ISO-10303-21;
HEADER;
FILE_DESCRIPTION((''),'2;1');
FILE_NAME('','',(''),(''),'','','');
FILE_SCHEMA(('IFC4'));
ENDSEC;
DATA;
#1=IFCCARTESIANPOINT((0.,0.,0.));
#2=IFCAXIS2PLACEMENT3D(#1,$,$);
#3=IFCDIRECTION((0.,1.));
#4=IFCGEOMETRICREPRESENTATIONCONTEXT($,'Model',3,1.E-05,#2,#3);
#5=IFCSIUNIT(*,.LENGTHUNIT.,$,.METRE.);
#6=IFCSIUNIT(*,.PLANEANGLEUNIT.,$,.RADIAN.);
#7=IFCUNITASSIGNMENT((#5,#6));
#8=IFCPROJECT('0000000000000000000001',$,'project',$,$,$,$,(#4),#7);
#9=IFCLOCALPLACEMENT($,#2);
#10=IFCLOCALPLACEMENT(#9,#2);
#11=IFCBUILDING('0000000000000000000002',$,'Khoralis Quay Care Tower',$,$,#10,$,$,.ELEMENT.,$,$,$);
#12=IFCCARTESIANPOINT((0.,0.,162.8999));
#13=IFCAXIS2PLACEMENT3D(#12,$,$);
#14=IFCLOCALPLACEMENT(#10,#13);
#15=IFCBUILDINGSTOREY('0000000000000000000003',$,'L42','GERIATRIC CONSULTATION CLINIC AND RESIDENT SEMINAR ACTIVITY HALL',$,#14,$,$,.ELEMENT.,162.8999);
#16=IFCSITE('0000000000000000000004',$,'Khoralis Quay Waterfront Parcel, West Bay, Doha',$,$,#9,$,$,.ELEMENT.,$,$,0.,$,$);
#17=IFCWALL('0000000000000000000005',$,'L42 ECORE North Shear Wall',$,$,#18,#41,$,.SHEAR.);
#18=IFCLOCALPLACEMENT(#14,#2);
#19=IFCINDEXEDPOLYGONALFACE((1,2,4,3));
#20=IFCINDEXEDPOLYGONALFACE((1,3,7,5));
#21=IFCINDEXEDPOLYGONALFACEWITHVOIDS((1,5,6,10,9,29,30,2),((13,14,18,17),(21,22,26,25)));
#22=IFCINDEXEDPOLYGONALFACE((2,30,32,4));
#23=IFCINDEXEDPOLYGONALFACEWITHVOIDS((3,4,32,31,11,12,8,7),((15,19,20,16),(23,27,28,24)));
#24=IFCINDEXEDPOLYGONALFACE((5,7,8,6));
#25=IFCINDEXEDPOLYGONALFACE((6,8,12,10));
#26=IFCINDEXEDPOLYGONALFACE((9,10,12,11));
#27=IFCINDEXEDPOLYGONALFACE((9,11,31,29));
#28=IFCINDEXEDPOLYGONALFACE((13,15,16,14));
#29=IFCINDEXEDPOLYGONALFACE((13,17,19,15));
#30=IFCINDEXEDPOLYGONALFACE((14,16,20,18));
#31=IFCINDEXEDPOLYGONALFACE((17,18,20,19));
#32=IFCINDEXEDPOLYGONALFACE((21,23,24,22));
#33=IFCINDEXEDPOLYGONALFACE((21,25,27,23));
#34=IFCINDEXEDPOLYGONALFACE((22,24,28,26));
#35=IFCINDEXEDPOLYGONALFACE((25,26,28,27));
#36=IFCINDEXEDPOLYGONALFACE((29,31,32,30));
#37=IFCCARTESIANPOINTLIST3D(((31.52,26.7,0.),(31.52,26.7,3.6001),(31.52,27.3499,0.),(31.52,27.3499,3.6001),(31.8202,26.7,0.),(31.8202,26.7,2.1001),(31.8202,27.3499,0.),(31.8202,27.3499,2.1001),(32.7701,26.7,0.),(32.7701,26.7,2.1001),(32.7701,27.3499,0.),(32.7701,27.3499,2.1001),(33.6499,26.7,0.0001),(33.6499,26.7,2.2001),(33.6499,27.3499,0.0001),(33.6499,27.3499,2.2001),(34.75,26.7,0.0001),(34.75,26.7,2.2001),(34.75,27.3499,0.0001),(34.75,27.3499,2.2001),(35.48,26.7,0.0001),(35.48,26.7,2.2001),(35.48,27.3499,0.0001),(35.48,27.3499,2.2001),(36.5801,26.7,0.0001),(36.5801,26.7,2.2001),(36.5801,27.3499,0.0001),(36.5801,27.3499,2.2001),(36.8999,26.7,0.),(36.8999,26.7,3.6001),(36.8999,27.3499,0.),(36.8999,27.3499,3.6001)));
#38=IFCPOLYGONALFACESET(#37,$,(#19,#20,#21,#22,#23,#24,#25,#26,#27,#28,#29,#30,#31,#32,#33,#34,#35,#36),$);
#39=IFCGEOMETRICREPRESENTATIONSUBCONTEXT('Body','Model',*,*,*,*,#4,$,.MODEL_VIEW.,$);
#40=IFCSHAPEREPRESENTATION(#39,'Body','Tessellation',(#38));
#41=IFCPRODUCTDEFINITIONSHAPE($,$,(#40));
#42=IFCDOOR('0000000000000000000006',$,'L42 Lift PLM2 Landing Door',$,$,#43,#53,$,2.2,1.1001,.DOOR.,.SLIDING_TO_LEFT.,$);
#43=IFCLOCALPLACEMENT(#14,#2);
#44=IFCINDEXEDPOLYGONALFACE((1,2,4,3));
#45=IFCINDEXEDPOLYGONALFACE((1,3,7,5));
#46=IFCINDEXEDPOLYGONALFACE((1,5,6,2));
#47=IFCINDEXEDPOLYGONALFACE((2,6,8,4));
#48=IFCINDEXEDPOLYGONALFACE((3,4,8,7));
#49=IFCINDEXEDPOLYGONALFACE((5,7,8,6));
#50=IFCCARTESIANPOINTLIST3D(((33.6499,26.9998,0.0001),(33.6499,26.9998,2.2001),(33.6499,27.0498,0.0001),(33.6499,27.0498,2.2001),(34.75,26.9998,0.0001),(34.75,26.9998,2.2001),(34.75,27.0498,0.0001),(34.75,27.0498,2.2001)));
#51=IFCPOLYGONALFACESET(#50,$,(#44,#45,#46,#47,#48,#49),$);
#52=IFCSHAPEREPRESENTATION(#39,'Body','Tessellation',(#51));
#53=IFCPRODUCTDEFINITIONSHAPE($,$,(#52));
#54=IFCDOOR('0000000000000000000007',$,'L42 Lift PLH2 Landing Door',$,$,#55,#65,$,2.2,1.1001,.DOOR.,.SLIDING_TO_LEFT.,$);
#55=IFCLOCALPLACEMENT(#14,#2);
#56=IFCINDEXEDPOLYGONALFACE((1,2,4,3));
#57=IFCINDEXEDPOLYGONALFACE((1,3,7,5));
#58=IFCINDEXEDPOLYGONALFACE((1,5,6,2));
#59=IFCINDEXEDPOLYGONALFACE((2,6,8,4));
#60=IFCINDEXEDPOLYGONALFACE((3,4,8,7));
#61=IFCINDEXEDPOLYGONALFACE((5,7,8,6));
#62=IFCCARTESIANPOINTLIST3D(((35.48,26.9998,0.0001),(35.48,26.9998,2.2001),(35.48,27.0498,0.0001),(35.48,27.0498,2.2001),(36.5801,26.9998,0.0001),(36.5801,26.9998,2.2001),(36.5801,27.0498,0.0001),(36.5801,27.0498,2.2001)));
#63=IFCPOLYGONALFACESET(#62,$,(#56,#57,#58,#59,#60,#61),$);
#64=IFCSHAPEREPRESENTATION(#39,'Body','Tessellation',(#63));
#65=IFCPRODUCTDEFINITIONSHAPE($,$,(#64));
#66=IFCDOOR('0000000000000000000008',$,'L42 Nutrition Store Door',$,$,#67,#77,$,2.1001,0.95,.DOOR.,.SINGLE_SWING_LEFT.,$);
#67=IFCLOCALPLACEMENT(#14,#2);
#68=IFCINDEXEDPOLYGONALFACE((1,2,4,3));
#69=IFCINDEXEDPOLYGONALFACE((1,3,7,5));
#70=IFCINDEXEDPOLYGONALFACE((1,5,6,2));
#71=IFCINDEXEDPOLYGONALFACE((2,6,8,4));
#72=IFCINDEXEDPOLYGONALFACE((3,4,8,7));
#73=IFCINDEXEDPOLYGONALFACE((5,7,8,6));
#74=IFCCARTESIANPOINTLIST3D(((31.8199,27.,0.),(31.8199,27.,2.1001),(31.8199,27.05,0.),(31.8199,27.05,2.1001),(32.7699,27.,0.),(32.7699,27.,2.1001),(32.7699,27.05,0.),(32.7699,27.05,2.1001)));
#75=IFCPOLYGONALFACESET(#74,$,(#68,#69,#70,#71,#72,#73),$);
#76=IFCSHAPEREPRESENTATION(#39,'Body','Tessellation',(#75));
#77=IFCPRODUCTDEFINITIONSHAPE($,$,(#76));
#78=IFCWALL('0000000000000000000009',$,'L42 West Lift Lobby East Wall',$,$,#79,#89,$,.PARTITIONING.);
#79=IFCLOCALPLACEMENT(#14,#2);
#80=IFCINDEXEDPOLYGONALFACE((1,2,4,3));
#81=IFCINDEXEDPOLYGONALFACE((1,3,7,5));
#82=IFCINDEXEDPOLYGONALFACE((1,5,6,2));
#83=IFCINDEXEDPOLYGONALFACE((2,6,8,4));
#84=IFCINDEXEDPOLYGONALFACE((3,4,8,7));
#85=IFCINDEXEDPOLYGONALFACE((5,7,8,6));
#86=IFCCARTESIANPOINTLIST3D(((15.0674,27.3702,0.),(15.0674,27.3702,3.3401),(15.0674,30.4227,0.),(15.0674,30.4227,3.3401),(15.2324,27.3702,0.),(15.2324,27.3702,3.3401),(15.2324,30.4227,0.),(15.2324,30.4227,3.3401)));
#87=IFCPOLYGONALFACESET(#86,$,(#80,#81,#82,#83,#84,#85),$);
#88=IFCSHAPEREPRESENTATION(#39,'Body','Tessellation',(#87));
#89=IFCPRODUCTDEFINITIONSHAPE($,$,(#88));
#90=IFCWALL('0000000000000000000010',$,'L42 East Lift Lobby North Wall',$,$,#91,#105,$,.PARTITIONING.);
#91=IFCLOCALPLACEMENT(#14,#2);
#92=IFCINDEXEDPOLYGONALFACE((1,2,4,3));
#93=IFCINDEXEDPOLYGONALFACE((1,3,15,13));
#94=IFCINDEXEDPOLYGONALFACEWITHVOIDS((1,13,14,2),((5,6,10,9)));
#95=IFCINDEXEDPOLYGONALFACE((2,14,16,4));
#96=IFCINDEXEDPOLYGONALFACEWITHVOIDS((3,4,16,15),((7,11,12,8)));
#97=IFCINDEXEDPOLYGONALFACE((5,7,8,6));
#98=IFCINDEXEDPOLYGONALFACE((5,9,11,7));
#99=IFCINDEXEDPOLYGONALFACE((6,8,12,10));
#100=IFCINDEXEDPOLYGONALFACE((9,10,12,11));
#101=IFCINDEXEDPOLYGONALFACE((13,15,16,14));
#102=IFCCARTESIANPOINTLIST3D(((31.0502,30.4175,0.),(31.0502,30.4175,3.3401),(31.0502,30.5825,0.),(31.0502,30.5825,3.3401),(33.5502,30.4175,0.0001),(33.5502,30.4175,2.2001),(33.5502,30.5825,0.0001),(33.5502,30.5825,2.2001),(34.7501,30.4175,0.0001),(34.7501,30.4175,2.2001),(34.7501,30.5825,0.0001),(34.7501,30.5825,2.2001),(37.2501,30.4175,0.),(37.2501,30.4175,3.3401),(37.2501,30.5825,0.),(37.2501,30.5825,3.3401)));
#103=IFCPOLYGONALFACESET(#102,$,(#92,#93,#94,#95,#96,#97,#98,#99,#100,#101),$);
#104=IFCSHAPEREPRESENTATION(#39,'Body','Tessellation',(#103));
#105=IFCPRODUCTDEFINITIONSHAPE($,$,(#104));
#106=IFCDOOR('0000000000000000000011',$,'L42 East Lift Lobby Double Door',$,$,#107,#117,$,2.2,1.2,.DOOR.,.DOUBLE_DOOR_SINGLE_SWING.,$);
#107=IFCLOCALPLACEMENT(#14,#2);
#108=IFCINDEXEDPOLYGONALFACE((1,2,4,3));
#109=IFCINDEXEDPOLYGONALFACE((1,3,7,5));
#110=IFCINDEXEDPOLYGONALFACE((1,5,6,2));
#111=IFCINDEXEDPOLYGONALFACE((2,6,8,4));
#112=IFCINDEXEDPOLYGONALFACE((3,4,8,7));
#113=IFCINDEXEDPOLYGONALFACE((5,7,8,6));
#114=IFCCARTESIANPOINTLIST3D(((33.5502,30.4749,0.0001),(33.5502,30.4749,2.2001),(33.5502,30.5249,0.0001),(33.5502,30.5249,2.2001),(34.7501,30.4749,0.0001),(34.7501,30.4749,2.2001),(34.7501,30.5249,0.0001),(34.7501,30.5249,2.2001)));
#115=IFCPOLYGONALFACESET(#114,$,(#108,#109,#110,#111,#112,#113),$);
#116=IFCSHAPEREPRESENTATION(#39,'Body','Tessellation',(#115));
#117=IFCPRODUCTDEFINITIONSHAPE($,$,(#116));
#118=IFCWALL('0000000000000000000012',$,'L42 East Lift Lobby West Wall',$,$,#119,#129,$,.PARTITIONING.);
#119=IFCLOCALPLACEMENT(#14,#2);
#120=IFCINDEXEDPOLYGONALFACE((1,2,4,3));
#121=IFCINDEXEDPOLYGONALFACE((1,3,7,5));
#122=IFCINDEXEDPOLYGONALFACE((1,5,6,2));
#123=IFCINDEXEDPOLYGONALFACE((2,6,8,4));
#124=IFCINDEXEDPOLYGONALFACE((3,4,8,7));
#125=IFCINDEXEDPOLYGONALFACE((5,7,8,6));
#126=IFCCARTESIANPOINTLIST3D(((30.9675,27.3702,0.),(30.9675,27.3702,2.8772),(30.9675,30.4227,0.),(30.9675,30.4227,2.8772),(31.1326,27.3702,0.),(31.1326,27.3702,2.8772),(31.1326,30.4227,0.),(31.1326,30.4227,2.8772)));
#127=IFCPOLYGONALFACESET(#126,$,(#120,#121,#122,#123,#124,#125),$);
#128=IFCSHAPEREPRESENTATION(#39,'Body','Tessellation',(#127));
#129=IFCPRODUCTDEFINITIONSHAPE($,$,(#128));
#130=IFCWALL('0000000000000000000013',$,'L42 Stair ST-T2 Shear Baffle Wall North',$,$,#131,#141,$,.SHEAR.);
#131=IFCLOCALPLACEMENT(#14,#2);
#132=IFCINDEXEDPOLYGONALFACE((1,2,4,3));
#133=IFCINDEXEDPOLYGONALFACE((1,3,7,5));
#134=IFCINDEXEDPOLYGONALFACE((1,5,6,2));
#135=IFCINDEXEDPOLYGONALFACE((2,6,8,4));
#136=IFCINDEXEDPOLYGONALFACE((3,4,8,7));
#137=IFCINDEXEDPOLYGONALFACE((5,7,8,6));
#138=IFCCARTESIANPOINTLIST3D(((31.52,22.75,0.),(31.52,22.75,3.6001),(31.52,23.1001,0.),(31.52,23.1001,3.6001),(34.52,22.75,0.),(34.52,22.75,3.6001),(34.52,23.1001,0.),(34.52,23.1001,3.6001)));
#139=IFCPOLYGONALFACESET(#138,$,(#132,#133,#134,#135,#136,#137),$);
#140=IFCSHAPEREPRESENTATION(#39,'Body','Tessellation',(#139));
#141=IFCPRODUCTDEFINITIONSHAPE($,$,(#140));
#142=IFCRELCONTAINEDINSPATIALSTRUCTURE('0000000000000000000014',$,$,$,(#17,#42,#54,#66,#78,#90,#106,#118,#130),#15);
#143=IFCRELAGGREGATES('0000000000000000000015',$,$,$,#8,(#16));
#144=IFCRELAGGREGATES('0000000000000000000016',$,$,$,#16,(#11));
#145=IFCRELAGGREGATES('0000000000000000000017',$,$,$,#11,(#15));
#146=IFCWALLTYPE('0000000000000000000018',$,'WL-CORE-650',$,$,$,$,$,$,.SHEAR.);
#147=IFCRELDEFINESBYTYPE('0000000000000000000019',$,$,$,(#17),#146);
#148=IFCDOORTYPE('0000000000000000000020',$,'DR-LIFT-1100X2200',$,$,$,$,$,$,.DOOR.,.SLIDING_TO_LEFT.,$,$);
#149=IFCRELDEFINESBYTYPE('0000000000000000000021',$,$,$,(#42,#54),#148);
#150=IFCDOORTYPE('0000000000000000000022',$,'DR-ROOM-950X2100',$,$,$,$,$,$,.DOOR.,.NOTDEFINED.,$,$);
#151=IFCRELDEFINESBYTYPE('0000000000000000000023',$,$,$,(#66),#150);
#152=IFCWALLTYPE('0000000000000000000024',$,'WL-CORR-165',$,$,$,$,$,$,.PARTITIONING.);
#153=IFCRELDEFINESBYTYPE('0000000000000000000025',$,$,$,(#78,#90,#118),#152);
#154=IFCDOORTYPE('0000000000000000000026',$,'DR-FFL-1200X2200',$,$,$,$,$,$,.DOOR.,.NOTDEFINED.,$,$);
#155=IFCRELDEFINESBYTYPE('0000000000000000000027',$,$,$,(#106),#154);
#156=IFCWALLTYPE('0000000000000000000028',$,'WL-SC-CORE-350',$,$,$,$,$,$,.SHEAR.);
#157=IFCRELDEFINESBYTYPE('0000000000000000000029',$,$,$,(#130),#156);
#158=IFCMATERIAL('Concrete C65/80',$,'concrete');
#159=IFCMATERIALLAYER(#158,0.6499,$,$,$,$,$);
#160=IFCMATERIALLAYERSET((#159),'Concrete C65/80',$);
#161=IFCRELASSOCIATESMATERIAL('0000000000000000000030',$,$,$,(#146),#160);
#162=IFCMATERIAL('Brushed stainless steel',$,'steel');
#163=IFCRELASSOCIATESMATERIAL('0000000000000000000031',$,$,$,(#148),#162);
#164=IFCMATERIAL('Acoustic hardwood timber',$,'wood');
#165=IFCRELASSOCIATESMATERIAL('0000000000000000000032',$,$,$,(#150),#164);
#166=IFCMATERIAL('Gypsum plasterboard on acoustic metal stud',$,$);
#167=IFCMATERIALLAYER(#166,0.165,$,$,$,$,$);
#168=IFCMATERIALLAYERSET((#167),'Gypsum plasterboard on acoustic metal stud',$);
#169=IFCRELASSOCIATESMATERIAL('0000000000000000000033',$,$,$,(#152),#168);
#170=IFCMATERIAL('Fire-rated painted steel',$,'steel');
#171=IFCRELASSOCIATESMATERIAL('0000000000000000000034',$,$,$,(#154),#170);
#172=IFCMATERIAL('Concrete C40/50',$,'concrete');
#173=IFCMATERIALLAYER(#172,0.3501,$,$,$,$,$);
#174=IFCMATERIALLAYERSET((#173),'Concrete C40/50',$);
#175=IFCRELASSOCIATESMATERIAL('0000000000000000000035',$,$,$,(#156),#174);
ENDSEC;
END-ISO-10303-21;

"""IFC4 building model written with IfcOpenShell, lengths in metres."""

from ifc_helpers import new_model, si_unit, direction, frame, frame_2d, origin, place, context, subcontext, project, spatial, rectangle, extrude, source, transform, mapped, material, layer, layer_set, type_object, element, fill, save


model = new_model("IFC4")

# Units and contexts
model_context = context("Model", 3, precision=1e-05, world=origin(), true_north=direction((0.0, 1.0)))
body_context = subcontext(model_context, "Body", "Model", "MODEL_VIEW")
ifc_project = project(units=[si_unit("LENGTHUNIT", "METRE"), si_unit("PLANEANGLEUNIT", "RADIAN")], contexts=[model_context])

# Site, building, storey
site_placement = place(None, origin())
site = spatial("IfcSite", under=ifc_project, at=site_placement, Name="Khoralis Quay Waterfront Parcel, West Bay, Doha", CompositionType="ELEMENT", RefElevation=0.0)
building_placement = place(site_placement, origin())
building = spatial("IfcBuilding", under=site, at=building_placement, Name="Khoralis Quay Care Tower", CompositionType="ELEMENT")
storey_placement = place(building_placement, frame((0.0, 0.0, 162.8999)))
storey = spatial("IfcBuildingStorey", under=building, at=storey_placement, Name="L42", Description="GERIATRIC CONSULTATION CLINIC AND RESIDENT SEMINAR ACTIVITY HALL", CompositionType="ELEMENT", Elevation=162.8999)

# Shared definitions
ifc_material_1 = material(Name="Concrete C65/80", Category="concrete")

# Wall, openings, doors
ifc_layer_1 = layer(ifc_material_1, 0.6499)
ifc_layer_set_1 = layer_set([ifc_layer_1], Name="Concrete C65/80")
wall_type_1 = type_object("IfcWallType", Name="WL-CORE-650", PredefinedType="SHEAR", material=ifc_layer_set_1)
wall_1_placement = place(storey_placement, frame((31.52, 27.0249, 0.0), z_axis=(0.0, 0.0, 1.0), x_axis=(1.0, 0.0, 0.0)))
wall_1 = element("IfcWall", 1, at=wall_1_placement, inside=storey, type_object=wall_type_1, Name="L42 ECORE North Shear Wall", PredefinedType="SHEAR", context=body_context, shape_type="SweptSolid", body=[
    extrude(rectangle(XDim=5.3799, YDim=0.6499, at=frame_2d((2.6899, 0.0))), origin(), (0.0, 0.0, 1.0), 3.6001),
])
opening_1_placement = place(wall_1_placement, frame((0.3, 0.0, 0.0)))
opening_1 = element("IfcOpeningElement", 2, at=opening_1_placement, cuts=wall_1, PredefinedType="OPENING", context=body_context, shape_type="SweptSolid", body=[
    extrude(rectangle(XDim=0.95, YDim=2.1001, at=frame_2d((0.4751, 1.05))), frame((0.0, 0.335, 0.0), z_axis=(0.0, -1.0, 0.0), x_axis=(1.0, 0.0, 0.0)), (0.0, 0.0, 1.0), 0.6699),
])
opening_2_placement = place(wall_1_placement, frame((2.1299, 0.0, 0.0)))
opening_2 = element("IfcOpeningElement", 3, at=opening_2_placement, cuts=wall_1, PredefinedType="OPENING", context=body_context, shape_type="SweptSolid", body=[
    extrude(rectangle(XDim=1.1001, YDim=2.2, at=frame_2d((0.55, 1.1001))), frame((0.0, 0.335, 0.0), z_axis=(0.0, -1.0, 0.0), x_axis=(1.0, 0.0, 0.0)), (0.0, 0.0, 1.0), 0.6699),
])
opening_3_placement = place(wall_1_placement, frame((3.96, 0.0, 0.0)))
opening_3 = element("IfcOpeningElement", 4, at=opening_3_placement, cuts=wall_1, PredefinedType="OPENING", context=body_context, shape_type="SweptSolid", body=[
    extrude(rectangle(XDim=1.1001, YDim=2.2, at=frame_2d((0.55, 1.1001))), frame((0.0, 0.335, 0.0), z_axis=(0.0, -1.0, 0.0), x_axis=(1.0, 0.0, 0.0)), (0.0, 0.0, 1.0), 0.6699),
])
ifc_material_2 = material(Name="Brushed stainless steel", Category="steel")
door_type_1 = type_object("IfcDoorType", Name="DR-LIFT-1100X2200", OperationType="SLIDING_TO_LEFT", PredefinedType="DOOR", material=ifc_material_2)
shared_shape_1 = source(origin(), body_context, "Body", "SweptSolid", [
    extrude(rectangle(XDim=1.1001, YDim=2.2, at=frame_2d((0.55, 1.1001))), frame((0.0, 0.0249, 0.0), z_axis=(0.0, -1.0, 0.0), x_axis=(1.0, 0.0, 0.0)), (0.0, 0.0, 1.0), 0.05),
])
door_1_placement = place(opening_2_placement, origin())
door_1 = element("IfcDoor", 5, at=door_1_placement, inside=storey, type_object=door_type_1, Name="L42 Lift PLM2 Landing Door", OperationType="SLIDING_TO_LEFT", OverallHeight=2.2, OverallWidth=1.1001, PredefinedType="DOOR", context=body_context, shape_type="MappedRepresentation", body=[
    mapped(shared_shape_1, transform((0.0, 0.0, 0.0), scale=1.0)),
])
fill(opening_2, door_1)
door_2_placement = place(opening_3_placement, origin())
door_2 = element("IfcDoor", 6, at=door_2_placement, inside=storey, type_object=door_type_1, Name="L42 Lift PLH2 Landing Door", OperationType="SLIDING_TO_LEFT", OverallHeight=2.2, OverallWidth=1.1001, PredefinedType="DOOR", context=body_context, shape_type="MappedRepresentation", body=[
    mapped(shared_shape_1, transform((0.0, 0.0, 0.0), scale=1.0)),
])
fill(opening_3, door_2)
ifc_material_3 = material(Name="Acoustic hardwood timber", Category="wood")
door_type_2 = type_object("IfcDoorType", Name="DR-ROOM-950X2100", OperationType="NOTDEFINED", PredefinedType="DOOR", material=ifc_material_3)
shared_shape_2 = source(origin(), body_context, "Body", "SweptSolid", [
    extrude(rectangle(XDim=0.95, YDim=2.1001, at=frame_2d((0.4751, 1.05))), frame((0.0, 0.0249, 0.0), z_axis=(0.0, -1.0, 0.0), x_axis=(1.0, 0.0, 0.0)), (0.0, 0.0, 1.0), 0.05),
])
door_3_placement = place(opening_1_placement, frame((0.95, 0.0, 0.0), z_axis=(0.0, 0.0, 1.0), x_axis=(-1.0, 0.0, 0.0)))
door_3 = element("IfcDoor", 7, at=door_3_placement, inside=storey, type_object=door_type_2, Name="L42 Nutrition Store Door", OperationType="SINGLE_SWING_LEFT", OverallHeight=2.1001, OverallWidth=0.95, PredefinedType="DOOR", context=body_context, shape_type="MappedRepresentation", body=[
    mapped(shared_shape_2, transform((0.0, 0.0, 0.0), scale=1.0)),
])
fill(opening_1, door_3)

# Wall
ifc_material_4 = material(Name="Gypsum plasterboard on acoustic metal stud")
ifc_layer_2 = layer(ifc_material_4, 0.165)
ifc_layer_set_2 = layer_set([ifc_layer_2], Name="Gypsum plasterboard on acoustic metal stud")
wall_type_2 = type_object("IfcWallType", Name="WL-CORR-165", PredefinedType="PARTITIONING", material=ifc_layer_set_2)
wall_2_placement = place(storey_placement, frame((15.1499, 27.3701, 0.0), z_axis=(0.0, 0.0, 1.0), x_axis=(0.0, 1.0, 0.0)))
element("IfcWall", 8, at=wall_2_placement, inside=storey, type_object=wall_type_2, Name="L42 West Lift Lobby East Wall", PredefinedType="PARTITIONING", context=body_context, shape_type="SweptSolid", body=[
    extrude(rectangle(XDim=3.0525, YDim=0.165, at=frame_2d((1.5264, 0.0))), origin(), (0.0, 0.0, 1.0), 3.3401),
])

# Wall, opening, door
wall_3_placement = place(storey_placement, frame((31.05, 30.5, 0.0), z_axis=(0.0, 0.0, 1.0), x_axis=(1.0, 0.0, 0.0)))
wall_3 = element("IfcWall", 9, at=wall_3_placement, inside=storey, type_object=wall_type_2, Name="L42 East Lift Lobby North Wall", PredefinedType="PARTITIONING", context=body_context, shape_type="SweptSolid", body=[
    extrude(rectangle(XDim=6.2, YDim=0.165, at=frame_2d((3.1001, 0.0))), origin(), (0.0, 0.0, 1.0), 3.3401),
])
opening_4_placement = place(wall_3_placement, frame((2.5, 0.0, 0.0)))
opening_4 = element("IfcOpeningElement", 10, at=opening_4_placement, cuts=wall_3, PredefinedType="OPENING", context=body_context, shape_type="SweptSolid", body=[
    extrude(rectangle(XDim=1.2, YDim=2.2, at=frame_2d((0.6001, 1.1001))), frame((0.0, 0.0925, 0.0), z_axis=(0.0, -1.0, 0.0), x_axis=(1.0, 0.0, 0.0)), (0.0, 0.0, 1.0), 0.1851),
])
ifc_material_5 = material(Name="Fire-rated painted steel", Category="steel")
door_type_3 = type_object("IfcDoorType", Name="DR-FFL-1200X2200", OperationType="NOTDEFINED", PredefinedType="DOOR", material=ifc_material_5)
shared_shape_3 = source(origin(), body_context, "Body", "SweptSolid", [
    extrude(rectangle(XDim=1.2, YDim=2.2, at=frame_2d((0.6001, 1.1001))), frame((0.0, 0.0249, 0.0), z_axis=(0.0, -1.0, 0.0), x_axis=(1.0, 0.0, 0.0)), (0.0, 0.0, 1.0), 0.05),
])
door_4_placement = place(opening_4_placement, origin())
door_4 = element("IfcDoor", 11, at=door_4_placement, inside=storey, type_object=door_type_3, Name="L42 East Lift Lobby Double Door", OperationType="DOUBLE_DOOR_SINGLE_SWING", OverallHeight=2.2, OverallWidth=1.2, PredefinedType="DOOR", context=body_context, shape_type="MappedRepresentation", body=[
    mapped(shared_shape_3, transform((0.0, 0.0, 0.0), scale=1.0)),
])
fill(opening_4, door_4)

# Walls
wall_4_placement = place(storey_placement, frame((31.05, 27.3701, 0.0), z_axis=(0.0, 0.0, 1.0), x_axis=(0.0, 1.0, 0.0)))
element("IfcWall", 12, at=wall_4_placement, inside=storey, type_object=wall_type_2, Name="L42 East Lift Lobby West Wall", PredefinedType="PARTITIONING", context=body_context, shape_type="SweptSolid", body=[
    extrude(rectangle(XDim=3.0525, YDim=0.165, at=frame_2d((1.5264, 0.0))), origin(), (0.0, 0.0, 1.0), 2.8772),
])
ifc_material_6 = material(Name="Concrete C40/50", Category="concrete")
ifc_layer_3 = layer(ifc_material_6, 0.3501)
ifc_layer_set_3 = layer_set([ifc_layer_3], Name="Concrete C40/50")
wall_type_3 = type_object("IfcWallType", Name="WL-SC-CORE-350", PredefinedType="SHEAR", material=ifc_layer_set_3)
wall_5_placement = place(storey_placement, frame((31.52, 22.925, 0.0), z_axis=(0.0, 0.0, 1.0), x_axis=(1.0, 0.0, 0.0)))
element("IfcWall", 13, at=wall_5_placement, inside=storey, type_object=wall_type_3, Name="L42 Stair ST-T2 Shear Baffle Wall North", PredefinedType="SHEAR", context=body_context, shape_type="SweptSolid", body=[
    extrude(rectangle(XDim=3.0, YDim=0.3501, at=frame_2d((1.5, 0.0))), origin(), (0.0, 0.0, 1.0), 3.6001),
])

save(model, "model.ifc")
